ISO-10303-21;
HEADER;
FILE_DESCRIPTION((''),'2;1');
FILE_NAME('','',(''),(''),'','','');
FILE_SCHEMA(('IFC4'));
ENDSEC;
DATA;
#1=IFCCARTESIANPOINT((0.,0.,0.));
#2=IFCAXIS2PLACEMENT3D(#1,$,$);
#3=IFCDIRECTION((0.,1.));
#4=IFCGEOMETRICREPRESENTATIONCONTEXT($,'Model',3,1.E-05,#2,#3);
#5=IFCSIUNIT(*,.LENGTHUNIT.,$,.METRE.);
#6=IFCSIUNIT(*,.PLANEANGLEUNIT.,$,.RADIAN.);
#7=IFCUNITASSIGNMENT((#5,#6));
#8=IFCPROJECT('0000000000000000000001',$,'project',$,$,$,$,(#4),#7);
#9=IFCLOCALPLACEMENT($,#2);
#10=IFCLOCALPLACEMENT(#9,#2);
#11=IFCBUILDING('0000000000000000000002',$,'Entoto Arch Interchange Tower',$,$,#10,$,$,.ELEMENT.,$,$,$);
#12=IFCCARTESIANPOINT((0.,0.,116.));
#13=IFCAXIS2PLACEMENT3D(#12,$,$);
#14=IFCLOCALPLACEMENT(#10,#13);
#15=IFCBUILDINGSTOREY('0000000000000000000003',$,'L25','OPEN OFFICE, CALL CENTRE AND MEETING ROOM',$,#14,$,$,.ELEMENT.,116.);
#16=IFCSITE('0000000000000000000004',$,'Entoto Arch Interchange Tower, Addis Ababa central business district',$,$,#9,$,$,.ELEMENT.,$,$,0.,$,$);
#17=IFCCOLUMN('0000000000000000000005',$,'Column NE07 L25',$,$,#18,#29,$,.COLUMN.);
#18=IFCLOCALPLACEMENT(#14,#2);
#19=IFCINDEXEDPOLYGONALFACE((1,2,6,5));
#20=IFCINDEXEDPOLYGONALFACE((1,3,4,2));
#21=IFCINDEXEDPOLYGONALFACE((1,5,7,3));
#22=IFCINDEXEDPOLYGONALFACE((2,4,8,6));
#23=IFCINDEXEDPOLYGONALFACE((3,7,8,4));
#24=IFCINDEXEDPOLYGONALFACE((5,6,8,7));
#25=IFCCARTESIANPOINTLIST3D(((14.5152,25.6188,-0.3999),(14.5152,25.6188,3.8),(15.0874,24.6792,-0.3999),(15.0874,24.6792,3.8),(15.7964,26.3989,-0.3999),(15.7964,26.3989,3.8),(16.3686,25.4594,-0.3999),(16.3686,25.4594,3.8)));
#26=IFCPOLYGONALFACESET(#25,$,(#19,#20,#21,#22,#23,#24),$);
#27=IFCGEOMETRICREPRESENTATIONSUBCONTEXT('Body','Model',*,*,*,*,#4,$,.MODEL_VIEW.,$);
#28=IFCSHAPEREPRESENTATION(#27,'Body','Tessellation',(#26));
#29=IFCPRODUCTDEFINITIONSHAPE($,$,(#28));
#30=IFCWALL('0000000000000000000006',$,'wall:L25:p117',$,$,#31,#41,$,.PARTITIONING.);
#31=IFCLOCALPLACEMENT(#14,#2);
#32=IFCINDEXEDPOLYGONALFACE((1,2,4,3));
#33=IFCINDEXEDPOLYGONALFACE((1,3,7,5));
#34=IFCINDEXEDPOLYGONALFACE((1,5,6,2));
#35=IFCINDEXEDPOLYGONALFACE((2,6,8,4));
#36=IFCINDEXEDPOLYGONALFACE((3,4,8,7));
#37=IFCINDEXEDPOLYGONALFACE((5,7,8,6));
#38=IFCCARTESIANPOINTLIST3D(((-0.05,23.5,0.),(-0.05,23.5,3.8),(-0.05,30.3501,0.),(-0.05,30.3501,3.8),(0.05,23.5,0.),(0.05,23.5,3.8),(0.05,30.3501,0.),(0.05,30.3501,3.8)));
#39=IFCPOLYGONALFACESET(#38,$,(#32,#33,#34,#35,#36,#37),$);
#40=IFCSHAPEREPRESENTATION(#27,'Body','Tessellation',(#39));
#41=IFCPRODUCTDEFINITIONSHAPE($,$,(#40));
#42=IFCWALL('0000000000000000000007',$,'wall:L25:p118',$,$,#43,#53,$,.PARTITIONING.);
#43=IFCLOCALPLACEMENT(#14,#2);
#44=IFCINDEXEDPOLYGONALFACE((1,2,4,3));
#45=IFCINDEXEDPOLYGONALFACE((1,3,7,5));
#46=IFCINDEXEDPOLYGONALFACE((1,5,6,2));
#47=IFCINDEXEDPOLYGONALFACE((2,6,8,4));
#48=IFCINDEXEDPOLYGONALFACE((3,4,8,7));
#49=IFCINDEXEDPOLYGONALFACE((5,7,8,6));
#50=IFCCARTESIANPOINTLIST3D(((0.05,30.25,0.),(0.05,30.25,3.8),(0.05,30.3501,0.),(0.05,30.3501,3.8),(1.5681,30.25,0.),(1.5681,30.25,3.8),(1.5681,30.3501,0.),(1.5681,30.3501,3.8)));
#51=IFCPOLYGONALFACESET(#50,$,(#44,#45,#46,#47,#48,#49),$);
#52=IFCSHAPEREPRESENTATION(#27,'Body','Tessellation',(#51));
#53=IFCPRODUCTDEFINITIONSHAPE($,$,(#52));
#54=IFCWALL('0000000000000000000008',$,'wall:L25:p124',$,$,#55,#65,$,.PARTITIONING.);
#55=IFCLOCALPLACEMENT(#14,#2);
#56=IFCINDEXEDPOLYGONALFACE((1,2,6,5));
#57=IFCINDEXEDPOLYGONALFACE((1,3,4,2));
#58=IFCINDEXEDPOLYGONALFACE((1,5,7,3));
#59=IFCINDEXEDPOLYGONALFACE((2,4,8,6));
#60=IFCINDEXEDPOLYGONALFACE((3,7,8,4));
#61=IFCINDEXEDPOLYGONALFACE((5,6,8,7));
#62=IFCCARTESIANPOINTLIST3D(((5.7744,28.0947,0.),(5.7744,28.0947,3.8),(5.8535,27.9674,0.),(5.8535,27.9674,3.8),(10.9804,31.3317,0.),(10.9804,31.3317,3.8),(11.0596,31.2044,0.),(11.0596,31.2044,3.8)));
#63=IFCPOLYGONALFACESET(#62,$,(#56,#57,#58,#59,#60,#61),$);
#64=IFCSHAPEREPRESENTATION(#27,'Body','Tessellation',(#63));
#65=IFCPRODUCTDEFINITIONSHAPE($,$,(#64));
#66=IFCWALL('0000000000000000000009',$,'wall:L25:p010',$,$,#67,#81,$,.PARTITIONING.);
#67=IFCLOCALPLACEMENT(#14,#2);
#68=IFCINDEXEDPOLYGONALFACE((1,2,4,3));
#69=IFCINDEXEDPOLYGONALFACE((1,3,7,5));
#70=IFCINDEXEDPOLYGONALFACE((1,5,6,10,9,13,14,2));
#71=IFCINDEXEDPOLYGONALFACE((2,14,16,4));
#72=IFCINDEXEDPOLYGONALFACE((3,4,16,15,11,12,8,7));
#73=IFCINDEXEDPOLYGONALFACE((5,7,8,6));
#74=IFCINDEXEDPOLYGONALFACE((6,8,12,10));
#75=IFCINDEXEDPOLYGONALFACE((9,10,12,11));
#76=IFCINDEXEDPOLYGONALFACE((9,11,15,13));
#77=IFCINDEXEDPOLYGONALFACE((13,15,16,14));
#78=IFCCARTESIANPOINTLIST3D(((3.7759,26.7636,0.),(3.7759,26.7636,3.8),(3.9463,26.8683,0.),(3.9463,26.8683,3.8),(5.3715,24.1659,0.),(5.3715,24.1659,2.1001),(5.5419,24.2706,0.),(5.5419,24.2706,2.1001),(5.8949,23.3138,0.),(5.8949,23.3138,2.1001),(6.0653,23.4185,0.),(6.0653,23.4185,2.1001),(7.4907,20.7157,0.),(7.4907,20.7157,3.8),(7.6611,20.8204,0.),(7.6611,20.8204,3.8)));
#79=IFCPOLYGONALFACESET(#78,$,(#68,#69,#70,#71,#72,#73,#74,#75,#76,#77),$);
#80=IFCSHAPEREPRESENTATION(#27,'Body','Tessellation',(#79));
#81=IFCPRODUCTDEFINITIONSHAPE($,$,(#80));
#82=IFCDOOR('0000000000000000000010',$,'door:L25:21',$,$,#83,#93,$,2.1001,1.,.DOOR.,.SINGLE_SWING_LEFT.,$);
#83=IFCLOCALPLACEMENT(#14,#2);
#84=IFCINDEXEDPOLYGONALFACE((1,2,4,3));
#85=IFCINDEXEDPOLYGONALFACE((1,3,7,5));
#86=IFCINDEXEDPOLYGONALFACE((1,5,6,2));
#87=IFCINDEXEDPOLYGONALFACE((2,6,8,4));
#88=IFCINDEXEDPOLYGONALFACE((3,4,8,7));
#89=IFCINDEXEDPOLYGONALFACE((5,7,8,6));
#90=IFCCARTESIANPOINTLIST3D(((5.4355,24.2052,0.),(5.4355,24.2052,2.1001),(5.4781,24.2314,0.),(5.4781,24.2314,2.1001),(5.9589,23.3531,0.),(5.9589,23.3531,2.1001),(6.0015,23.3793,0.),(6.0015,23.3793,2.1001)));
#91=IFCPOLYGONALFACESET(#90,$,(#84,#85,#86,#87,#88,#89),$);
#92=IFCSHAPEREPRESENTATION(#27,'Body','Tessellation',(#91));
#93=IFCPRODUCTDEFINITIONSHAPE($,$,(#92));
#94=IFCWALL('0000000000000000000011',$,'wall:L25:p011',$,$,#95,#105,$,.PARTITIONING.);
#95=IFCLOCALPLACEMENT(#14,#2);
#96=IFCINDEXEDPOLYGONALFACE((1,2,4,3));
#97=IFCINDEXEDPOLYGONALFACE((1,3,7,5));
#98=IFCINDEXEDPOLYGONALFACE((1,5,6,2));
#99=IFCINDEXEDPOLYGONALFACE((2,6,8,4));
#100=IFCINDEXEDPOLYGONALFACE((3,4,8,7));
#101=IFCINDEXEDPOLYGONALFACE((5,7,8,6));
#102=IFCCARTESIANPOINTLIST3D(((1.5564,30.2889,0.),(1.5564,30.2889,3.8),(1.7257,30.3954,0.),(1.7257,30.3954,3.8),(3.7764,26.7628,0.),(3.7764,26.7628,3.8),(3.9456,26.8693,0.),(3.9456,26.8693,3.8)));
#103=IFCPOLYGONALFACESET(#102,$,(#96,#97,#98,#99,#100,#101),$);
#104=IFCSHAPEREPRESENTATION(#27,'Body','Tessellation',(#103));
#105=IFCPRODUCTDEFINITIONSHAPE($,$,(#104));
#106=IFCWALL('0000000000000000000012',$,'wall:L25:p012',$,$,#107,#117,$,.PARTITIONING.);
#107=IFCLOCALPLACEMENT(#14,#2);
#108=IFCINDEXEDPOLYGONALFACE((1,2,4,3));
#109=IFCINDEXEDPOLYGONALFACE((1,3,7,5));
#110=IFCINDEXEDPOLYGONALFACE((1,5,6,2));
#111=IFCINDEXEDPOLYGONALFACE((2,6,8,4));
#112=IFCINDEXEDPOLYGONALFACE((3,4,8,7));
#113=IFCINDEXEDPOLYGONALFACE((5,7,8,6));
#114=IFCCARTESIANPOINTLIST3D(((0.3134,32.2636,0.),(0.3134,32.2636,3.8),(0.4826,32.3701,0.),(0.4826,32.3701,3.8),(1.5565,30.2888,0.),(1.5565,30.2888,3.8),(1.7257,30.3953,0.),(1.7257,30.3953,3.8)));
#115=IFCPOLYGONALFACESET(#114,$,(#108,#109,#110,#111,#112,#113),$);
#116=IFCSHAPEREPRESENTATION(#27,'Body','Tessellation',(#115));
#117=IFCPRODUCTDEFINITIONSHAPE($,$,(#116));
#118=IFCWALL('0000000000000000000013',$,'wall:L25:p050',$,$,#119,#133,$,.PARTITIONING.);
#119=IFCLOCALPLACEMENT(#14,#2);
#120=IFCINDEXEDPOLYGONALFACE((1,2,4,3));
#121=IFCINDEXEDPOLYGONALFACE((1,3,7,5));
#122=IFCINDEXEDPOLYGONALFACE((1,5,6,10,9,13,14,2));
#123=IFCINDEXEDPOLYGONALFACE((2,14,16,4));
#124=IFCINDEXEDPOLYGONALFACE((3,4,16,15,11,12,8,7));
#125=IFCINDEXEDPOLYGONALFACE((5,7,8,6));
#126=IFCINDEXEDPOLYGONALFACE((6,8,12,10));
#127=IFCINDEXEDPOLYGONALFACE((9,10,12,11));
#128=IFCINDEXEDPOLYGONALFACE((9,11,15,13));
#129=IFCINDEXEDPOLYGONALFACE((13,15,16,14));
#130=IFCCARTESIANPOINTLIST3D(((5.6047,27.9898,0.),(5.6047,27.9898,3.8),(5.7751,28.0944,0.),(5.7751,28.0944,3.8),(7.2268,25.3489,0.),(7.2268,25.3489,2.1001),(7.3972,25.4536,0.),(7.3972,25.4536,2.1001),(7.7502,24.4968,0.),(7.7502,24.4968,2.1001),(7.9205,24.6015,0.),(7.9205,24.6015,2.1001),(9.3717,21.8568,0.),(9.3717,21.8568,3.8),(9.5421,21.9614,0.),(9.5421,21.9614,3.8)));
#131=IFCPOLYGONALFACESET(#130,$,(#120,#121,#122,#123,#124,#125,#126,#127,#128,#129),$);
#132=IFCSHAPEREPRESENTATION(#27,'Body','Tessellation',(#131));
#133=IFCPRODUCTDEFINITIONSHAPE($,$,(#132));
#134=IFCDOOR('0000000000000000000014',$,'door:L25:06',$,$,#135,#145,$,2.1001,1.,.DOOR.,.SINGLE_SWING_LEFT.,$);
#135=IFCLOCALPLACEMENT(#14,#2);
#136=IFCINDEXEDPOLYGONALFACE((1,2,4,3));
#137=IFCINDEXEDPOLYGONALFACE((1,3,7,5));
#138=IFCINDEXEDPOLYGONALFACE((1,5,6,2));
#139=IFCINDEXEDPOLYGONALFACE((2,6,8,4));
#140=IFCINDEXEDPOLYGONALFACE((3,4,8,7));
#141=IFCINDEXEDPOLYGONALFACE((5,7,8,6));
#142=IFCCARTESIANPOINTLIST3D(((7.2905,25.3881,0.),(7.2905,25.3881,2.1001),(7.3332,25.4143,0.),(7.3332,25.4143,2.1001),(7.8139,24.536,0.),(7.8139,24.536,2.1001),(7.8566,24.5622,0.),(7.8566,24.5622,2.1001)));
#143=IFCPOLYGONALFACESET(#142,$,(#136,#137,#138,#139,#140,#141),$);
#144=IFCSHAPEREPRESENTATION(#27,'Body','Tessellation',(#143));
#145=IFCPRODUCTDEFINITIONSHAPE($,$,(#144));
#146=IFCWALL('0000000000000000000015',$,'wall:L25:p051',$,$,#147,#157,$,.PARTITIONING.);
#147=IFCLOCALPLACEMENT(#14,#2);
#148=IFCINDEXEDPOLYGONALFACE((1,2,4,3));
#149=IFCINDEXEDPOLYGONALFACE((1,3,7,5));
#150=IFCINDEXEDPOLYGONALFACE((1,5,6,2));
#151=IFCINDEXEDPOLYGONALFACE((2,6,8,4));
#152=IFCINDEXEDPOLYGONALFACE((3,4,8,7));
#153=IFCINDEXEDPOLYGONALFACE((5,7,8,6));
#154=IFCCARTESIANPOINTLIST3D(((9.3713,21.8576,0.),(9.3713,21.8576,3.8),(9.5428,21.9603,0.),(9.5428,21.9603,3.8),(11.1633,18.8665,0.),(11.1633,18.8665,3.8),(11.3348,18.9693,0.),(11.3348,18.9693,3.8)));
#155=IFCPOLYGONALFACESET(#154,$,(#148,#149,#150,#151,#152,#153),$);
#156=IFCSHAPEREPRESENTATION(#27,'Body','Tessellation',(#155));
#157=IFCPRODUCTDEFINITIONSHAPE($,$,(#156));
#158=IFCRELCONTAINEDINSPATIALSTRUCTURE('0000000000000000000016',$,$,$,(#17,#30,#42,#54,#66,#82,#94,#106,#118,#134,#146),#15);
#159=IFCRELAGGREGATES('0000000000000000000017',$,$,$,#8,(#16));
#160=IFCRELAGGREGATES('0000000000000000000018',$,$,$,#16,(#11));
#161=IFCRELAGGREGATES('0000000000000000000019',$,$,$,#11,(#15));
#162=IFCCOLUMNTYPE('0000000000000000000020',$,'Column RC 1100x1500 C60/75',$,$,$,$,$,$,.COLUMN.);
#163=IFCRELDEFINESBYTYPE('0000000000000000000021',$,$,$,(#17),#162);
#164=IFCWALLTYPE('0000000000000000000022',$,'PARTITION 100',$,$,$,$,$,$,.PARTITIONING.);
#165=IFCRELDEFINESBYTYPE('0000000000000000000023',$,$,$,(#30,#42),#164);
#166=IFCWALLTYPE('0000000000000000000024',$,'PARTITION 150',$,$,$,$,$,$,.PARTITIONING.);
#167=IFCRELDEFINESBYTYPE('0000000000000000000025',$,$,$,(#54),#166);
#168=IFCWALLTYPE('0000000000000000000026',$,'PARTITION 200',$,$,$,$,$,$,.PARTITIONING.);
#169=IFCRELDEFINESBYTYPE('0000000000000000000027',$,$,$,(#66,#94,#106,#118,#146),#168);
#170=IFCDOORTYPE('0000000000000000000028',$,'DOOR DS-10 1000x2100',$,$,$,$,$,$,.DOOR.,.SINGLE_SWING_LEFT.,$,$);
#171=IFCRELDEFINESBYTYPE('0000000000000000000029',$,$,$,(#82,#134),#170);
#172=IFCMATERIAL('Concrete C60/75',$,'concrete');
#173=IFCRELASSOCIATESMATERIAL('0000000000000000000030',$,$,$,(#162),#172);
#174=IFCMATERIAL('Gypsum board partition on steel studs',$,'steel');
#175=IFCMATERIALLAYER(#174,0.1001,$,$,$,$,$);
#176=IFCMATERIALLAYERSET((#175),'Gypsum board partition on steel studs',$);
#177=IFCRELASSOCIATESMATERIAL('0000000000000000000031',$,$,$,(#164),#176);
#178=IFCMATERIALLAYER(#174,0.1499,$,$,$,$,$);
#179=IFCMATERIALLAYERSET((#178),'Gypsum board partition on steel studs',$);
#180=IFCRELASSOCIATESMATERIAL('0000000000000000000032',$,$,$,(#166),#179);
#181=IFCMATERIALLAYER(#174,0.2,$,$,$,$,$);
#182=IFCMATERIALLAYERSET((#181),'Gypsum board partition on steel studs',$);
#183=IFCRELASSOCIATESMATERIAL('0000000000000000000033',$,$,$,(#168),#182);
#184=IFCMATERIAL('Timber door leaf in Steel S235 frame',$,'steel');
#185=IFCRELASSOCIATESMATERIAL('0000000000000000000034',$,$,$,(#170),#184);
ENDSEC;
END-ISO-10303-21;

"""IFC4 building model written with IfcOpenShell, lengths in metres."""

from ifc_helpers import new_model, si_unit, direction, frame, frame_2d, origin, origin_2d, place, context, subcontext, project, spatial, rectangle, extrude, material, layer, layer_set, material_profile, profile_set, type_object, element, fill, save


model = new_model("IFC4")

# Units and contexts
model_context = context("Model", 3, precision=1e-05, world=origin(), true_north=direction((0.0, 1.0)))
body_context = subcontext(model_context, "Body", "Model", "MODEL_VIEW")
ifc_project = project(units=[si_unit("LENGTHUNIT", "METRE"), si_unit("PLANEANGLEUNIT", "RADIAN")], contexts=[model_context])

# Site, building, storey
site_placement = place(None, origin())
site = spatial("IfcSite", under=ifc_project, at=site_placement, Name="Entoto Arch Interchange Tower, Addis Ababa central business district", CompositionType="ELEMENT", RefElevation=0.0)
building_placement = place(site_placement, origin())
building = spatial("IfcBuilding", under=site, at=building_placement, Name="Entoto Arch Interchange Tower", CompositionType="ELEMENT")
storey_placement = place(building_placement, frame((0.0, 0.0, 116.0)))
storey = spatial("IfcBuildingStorey", under=building, at=storey_placement, Name="L25", Description="OPEN OFFICE, CALL CENTRE AND MEETING ROOM", CompositionType="ELEMENT", Elevation=116.0)

# Column
ifc_material_1 = material(Name="Concrete C60/75", Category="concrete")
ifc_material_profile = material_profile(ifc_material_1, rectangle(XDim=1.1001, YDim=1.5, at=origin_2d()))
ifc_profile_set = profile_set([ifc_material_profile], Name="Concrete C60/75")
column_type = type_object("IfcColumnType", Name="Column RC 1100x1500 C60/75", PredefinedType="COLUMN", material=ifc_profile_set)
column_placement = place(storey_placement, frame((15.4419, 25.5391, -0.3999), z_axis=(0.0, 0.0, 1.0), x_axis=(-0.520116, 0.854096, 0.0)))
element("IfcColumn", 1, at=column_placement, inside=storey, type_object=column_type, Name="Column NE07 L25", PredefinedType="COLUMN", context=body_context, shape_type="SweptSolid", body=[
    extrude(rectangle(XDim=1.1001, YDim=1.5, at=origin_2d()), origin(), (0.0, 0.0, 1.0), 4.2),
])

# Walls
ifc_material_2 = material(Name="Gypsum board partition on steel studs", Category="steel")
ifc_layer_1 = layer(ifc_material_2, 0.1001)
ifc_layer_set_1 = layer_set([ifc_layer_1], Name="Gypsum board partition on steel studs")
wall_type_1 = type_object("IfcWallType", Name="PARTITION 100", PredefinedType="PARTITIONING", material=ifc_layer_set_1)
wall_1_placement = place(storey_placement, frame((0.0, 23.5, 0.0), z_axis=(0.0, 0.0, 1.0), x_axis=(0.0, 1.0, 0.0)))
element("IfcWall", 2, at=wall_1_placement, inside=storey, type_object=wall_type_1, Name="wall:L25:p117", PredefinedType="PARTITIONING", context=body_context, shape_type="SweptSolid", body=[
    extrude(rectangle(XDim=6.8501, YDim=0.1001, at=frame_2d((3.425, 0.0))), origin(), (0.0, 0.0, 1.0), 3.8),
])
wall_2_placement = place(storey_placement, frame((0.05, 30.3, 0.0), z_axis=(0.0, 0.0, 1.0), x_axis=(1.0, 0.0, 0.0)))
element("IfcWall", 3, at=wall_2_placement, inside=storey, type_object=wall_type_1, Name="wall:L25:p118", PredefinedType="PARTITIONING", context=body_context, shape_type="SweptSolid", body=[
    extrude(rectangle(XDim=1.5181, YDim=0.1001, at=frame_2d((0.759, 0.0))), origin(), (0.0, 0.0, 1.0), 3.8),
])
ifc_layer_2 = layer(ifc_material_2, 0.1499)
ifc_layer_set_2 = layer_set([ifc_layer_2], Name="Gypsum board partition on steel studs")
wall_type_2 = type_object("IfcWallType", Name="PARTITION 150", PredefinedType="PARTITIONING", material=ifc_layer_set_2)
wall_3_placement = place(storey_placement, frame((5.814, 28.031, 0.0), z_axis=(0.0, 0.0, 1.0), x_axis=(0.849222, 0.528036, 0.0)))
element("IfcWall", 4, at=wall_3_placement, inside=storey, type_object=wall_type_2, Name="wall:L25:p124", PredefinedType="PARTITIONING", context=body_context, shape_type="SweptSolid", body=[
    extrude(rectangle(XDim=6.1304, YDim=0.1499, at=frame_2d((3.0652, 0.0))), origin(), (0.0, 0.0, 1.0), 3.8),
])

# Wall, opening, door
ifc_layer_3 = layer(ifc_material_2, 0.2)
ifc_layer_set_3 = layer_set([ifc_layer_3], Name="Gypsum board partition on steel studs")
wall_type_3 = type_object("IfcWallType", Name="PARTITION 200", PredefinedType="PARTITIONING", material=ifc_layer_set_3)
wall_4_placement = place(storey_placement, frame((7.5759, 20.7681, 0.0), z_axis=(0.0, 0.0, 1.0), x_axis=(-0.523391, 0.852093, 0.0)))
wall_4 = element("IfcWall", 5, at=wall_4_placement, inside=storey, type_object=wall_type_3, Name="wall:L25:p010", PredefinedType="PARTITIONING", context=body_context, shape_type="SweptSolid", body=[
    extrude(rectangle(XDim=7.0977, YDim=0.2, at=frame_2d((3.5488, 0.0))), origin(), (0.0, 0.0, 1.0), 3.8),
])
opening_1_placement = place(wall_4_placement, frame((3.0491, 0.0, 0.0)))
opening_1 = element("IfcOpeningElement", 6, at=opening_1_placement, cuts=wall_4, PredefinedType="OPENING", context=body_context, shape_type="SweptSolid", body=[
    extrude(rectangle(XDim=1.0, YDim=2.1001, at=frame_2d((0.5, 1.05))), frame((0.0, 0.1099, 0.0), z_axis=(0.0, -1.0, 0.0), x_axis=(1.0, 0.0, 0.0)), (0.0, 0.0, 1.0), 0.22),
])
ifc_material_3 = material(Name="Timber door leaf in Steel S235 frame", Category="steel")
door_type = type_object("IfcDoorType", Name="DOOR DS-10 1000x2100", OperationType="SINGLE_SWING_LEFT", PredefinedType="DOOR", material=ifc_material_3)
door_1_placement = place(opening_1_placement, origin())
door_1 = element("IfcDoor", 7, at=door_1_placement, inside=storey, type_object=door_type, Name="door:L25:21", OperationType="SINGLE_SWING_LEFT", OverallHeight=2.1001, OverallWidth=1.0, PredefinedType="DOOR", context=body_context, shape_type="SweptSolid", body=[
    extrude(rectangle(XDim=1.0, YDim=2.1001, at=frame_2d((0.5, 1.05))), frame((0.0, 0.0249, 0.0), z_axis=(0.0, -1.0, 0.0), x_axis=(1.0, 0.0, 0.0)), (0.0, 0.0, 1.0), 0.05),
])
fill(opening_1, door_1)

# Walls
wall_5_placement = place(storey_placement, frame((3.8611, 26.8159, 0.0), z_axis=(0.0, 0.0, 1.0), x_axis=(-0.532782, 0.846252, 0.0)))
element("IfcWall", 8, at=wall_5_placement, inside=storey, type_object=wall_type_3, Name="wall:L25:p011", PredefinedType="PARTITIONING", context=body_context, shape_type="SweptSolid", body=[
    extrude(rectangle(XDim=4.1667, YDim=0.2, at=frame_2d((2.0835, 0.0))), origin(), (0.0, 0.0, 1.0), 3.8),
])
wall_6_placement = place(storey_placement, frame((1.6411, 30.342, 0.0), z_axis=(0.0, 0.0, 1.0), x_axis=(-0.532733, 0.846284, 0.0)))
element("IfcWall", 9, at=wall_6_placement, inside=storey, type_object=wall_type_3, Name="wall:L25:p012", PredefinedType="PARTITIONING", context=body_context, shape_type="SweptSolid", body=[
    extrude(rectangle(XDim=2.3335, YDim=0.2, at=frame_2d((1.1667, 0.0))), origin(), (0.0, 0.0, 1.0), 3.8),
])

# Wall, opening, door
wall_7_placement = place(storey_placement, frame((5.6899, 28.042, 0.0), z_axis=(0.0, 0.0, 1.0), x_axis=(0.523382, -0.852098, 0.0)))
wall_7 = element("IfcWall", 10, at=wall_7_placement, inside=storey, type_object=wall_type_3, Name="wall:L25:p050", PredefinedType="PARTITIONING", context=body_context, shape_type="SweptSolid", body=[
    extrude(rectangle(XDim=7.1975, YDim=0.2, at=frame_2d((3.5986, 0.0))), origin(), (0.0, 0.0, 1.0), 3.8),
])
opening_2_placement = place(wall_7_placement, frame((3.0991, 0.0, 0.0)))
opening_2 = element("IfcOpeningElement", 11, at=opening_2_placement, cuts=wall_7, PredefinedType="OPENING", context=body_context, shape_type="SweptSolid", body=[
    extrude(rectangle(XDim=1.0, YDim=2.1001, at=frame_2d((0.5, 1.05))), frame((0.0, 0.1099, 0.0), z_axis=(0.0, -1.0, 0.0), x_axis=(1.0, 0.0, 0.0)), (0.0, 0.0, 1.0), 0.22),
])
door_2_placement = place(opening_2_placement, origin())
door_2 = element("IfcDoor", 12, at=door_2_placement, inside=storey, type_object=door_type, Name="door:L25:06", OperationType="SINGLE_SWING_LEFT", OverallHeight=2.1001, OverallWidth=1.0, PredefinedType="DOOR", context=body_context, shape_type="SweptSolid", body=[
    extrude(rectangle(XDim=1.0, YDim=2.1001, at=frame_2d((0.5, 1.05))), frame((0.0, 0.0249, 0.0), z_axis=(0.0, -1.0, 0.0), x_axis=(1.0, 0.0, 0.0)), (0.0, 0.0, 1.0), 0.05),
])
fill(opening_2, door_2)

# Wall
wall_8_placement = place(storey_placement, frame((9.457, 21.9089, 0.0), z_axis=(0.0, 0.0, 1.0), x_axis=(0.51395, -0.85782, 0.0)))
element("IfcWall", 13, at=wall_8_placement, inside=storey, type_object=wall_type_3, Name="wall:L25:p051", PredefinedType="PARTITIONING", context=body_context, shape_type="SweptSolid", body=[
    extrude(rectangle(XDim=3.4868, YDim=0.2, at=frame_2d((1.7434, 0.0))), origin(), (0.0, 0.0, 1.0), 3.8),
])

save(model, "model.ifc")
